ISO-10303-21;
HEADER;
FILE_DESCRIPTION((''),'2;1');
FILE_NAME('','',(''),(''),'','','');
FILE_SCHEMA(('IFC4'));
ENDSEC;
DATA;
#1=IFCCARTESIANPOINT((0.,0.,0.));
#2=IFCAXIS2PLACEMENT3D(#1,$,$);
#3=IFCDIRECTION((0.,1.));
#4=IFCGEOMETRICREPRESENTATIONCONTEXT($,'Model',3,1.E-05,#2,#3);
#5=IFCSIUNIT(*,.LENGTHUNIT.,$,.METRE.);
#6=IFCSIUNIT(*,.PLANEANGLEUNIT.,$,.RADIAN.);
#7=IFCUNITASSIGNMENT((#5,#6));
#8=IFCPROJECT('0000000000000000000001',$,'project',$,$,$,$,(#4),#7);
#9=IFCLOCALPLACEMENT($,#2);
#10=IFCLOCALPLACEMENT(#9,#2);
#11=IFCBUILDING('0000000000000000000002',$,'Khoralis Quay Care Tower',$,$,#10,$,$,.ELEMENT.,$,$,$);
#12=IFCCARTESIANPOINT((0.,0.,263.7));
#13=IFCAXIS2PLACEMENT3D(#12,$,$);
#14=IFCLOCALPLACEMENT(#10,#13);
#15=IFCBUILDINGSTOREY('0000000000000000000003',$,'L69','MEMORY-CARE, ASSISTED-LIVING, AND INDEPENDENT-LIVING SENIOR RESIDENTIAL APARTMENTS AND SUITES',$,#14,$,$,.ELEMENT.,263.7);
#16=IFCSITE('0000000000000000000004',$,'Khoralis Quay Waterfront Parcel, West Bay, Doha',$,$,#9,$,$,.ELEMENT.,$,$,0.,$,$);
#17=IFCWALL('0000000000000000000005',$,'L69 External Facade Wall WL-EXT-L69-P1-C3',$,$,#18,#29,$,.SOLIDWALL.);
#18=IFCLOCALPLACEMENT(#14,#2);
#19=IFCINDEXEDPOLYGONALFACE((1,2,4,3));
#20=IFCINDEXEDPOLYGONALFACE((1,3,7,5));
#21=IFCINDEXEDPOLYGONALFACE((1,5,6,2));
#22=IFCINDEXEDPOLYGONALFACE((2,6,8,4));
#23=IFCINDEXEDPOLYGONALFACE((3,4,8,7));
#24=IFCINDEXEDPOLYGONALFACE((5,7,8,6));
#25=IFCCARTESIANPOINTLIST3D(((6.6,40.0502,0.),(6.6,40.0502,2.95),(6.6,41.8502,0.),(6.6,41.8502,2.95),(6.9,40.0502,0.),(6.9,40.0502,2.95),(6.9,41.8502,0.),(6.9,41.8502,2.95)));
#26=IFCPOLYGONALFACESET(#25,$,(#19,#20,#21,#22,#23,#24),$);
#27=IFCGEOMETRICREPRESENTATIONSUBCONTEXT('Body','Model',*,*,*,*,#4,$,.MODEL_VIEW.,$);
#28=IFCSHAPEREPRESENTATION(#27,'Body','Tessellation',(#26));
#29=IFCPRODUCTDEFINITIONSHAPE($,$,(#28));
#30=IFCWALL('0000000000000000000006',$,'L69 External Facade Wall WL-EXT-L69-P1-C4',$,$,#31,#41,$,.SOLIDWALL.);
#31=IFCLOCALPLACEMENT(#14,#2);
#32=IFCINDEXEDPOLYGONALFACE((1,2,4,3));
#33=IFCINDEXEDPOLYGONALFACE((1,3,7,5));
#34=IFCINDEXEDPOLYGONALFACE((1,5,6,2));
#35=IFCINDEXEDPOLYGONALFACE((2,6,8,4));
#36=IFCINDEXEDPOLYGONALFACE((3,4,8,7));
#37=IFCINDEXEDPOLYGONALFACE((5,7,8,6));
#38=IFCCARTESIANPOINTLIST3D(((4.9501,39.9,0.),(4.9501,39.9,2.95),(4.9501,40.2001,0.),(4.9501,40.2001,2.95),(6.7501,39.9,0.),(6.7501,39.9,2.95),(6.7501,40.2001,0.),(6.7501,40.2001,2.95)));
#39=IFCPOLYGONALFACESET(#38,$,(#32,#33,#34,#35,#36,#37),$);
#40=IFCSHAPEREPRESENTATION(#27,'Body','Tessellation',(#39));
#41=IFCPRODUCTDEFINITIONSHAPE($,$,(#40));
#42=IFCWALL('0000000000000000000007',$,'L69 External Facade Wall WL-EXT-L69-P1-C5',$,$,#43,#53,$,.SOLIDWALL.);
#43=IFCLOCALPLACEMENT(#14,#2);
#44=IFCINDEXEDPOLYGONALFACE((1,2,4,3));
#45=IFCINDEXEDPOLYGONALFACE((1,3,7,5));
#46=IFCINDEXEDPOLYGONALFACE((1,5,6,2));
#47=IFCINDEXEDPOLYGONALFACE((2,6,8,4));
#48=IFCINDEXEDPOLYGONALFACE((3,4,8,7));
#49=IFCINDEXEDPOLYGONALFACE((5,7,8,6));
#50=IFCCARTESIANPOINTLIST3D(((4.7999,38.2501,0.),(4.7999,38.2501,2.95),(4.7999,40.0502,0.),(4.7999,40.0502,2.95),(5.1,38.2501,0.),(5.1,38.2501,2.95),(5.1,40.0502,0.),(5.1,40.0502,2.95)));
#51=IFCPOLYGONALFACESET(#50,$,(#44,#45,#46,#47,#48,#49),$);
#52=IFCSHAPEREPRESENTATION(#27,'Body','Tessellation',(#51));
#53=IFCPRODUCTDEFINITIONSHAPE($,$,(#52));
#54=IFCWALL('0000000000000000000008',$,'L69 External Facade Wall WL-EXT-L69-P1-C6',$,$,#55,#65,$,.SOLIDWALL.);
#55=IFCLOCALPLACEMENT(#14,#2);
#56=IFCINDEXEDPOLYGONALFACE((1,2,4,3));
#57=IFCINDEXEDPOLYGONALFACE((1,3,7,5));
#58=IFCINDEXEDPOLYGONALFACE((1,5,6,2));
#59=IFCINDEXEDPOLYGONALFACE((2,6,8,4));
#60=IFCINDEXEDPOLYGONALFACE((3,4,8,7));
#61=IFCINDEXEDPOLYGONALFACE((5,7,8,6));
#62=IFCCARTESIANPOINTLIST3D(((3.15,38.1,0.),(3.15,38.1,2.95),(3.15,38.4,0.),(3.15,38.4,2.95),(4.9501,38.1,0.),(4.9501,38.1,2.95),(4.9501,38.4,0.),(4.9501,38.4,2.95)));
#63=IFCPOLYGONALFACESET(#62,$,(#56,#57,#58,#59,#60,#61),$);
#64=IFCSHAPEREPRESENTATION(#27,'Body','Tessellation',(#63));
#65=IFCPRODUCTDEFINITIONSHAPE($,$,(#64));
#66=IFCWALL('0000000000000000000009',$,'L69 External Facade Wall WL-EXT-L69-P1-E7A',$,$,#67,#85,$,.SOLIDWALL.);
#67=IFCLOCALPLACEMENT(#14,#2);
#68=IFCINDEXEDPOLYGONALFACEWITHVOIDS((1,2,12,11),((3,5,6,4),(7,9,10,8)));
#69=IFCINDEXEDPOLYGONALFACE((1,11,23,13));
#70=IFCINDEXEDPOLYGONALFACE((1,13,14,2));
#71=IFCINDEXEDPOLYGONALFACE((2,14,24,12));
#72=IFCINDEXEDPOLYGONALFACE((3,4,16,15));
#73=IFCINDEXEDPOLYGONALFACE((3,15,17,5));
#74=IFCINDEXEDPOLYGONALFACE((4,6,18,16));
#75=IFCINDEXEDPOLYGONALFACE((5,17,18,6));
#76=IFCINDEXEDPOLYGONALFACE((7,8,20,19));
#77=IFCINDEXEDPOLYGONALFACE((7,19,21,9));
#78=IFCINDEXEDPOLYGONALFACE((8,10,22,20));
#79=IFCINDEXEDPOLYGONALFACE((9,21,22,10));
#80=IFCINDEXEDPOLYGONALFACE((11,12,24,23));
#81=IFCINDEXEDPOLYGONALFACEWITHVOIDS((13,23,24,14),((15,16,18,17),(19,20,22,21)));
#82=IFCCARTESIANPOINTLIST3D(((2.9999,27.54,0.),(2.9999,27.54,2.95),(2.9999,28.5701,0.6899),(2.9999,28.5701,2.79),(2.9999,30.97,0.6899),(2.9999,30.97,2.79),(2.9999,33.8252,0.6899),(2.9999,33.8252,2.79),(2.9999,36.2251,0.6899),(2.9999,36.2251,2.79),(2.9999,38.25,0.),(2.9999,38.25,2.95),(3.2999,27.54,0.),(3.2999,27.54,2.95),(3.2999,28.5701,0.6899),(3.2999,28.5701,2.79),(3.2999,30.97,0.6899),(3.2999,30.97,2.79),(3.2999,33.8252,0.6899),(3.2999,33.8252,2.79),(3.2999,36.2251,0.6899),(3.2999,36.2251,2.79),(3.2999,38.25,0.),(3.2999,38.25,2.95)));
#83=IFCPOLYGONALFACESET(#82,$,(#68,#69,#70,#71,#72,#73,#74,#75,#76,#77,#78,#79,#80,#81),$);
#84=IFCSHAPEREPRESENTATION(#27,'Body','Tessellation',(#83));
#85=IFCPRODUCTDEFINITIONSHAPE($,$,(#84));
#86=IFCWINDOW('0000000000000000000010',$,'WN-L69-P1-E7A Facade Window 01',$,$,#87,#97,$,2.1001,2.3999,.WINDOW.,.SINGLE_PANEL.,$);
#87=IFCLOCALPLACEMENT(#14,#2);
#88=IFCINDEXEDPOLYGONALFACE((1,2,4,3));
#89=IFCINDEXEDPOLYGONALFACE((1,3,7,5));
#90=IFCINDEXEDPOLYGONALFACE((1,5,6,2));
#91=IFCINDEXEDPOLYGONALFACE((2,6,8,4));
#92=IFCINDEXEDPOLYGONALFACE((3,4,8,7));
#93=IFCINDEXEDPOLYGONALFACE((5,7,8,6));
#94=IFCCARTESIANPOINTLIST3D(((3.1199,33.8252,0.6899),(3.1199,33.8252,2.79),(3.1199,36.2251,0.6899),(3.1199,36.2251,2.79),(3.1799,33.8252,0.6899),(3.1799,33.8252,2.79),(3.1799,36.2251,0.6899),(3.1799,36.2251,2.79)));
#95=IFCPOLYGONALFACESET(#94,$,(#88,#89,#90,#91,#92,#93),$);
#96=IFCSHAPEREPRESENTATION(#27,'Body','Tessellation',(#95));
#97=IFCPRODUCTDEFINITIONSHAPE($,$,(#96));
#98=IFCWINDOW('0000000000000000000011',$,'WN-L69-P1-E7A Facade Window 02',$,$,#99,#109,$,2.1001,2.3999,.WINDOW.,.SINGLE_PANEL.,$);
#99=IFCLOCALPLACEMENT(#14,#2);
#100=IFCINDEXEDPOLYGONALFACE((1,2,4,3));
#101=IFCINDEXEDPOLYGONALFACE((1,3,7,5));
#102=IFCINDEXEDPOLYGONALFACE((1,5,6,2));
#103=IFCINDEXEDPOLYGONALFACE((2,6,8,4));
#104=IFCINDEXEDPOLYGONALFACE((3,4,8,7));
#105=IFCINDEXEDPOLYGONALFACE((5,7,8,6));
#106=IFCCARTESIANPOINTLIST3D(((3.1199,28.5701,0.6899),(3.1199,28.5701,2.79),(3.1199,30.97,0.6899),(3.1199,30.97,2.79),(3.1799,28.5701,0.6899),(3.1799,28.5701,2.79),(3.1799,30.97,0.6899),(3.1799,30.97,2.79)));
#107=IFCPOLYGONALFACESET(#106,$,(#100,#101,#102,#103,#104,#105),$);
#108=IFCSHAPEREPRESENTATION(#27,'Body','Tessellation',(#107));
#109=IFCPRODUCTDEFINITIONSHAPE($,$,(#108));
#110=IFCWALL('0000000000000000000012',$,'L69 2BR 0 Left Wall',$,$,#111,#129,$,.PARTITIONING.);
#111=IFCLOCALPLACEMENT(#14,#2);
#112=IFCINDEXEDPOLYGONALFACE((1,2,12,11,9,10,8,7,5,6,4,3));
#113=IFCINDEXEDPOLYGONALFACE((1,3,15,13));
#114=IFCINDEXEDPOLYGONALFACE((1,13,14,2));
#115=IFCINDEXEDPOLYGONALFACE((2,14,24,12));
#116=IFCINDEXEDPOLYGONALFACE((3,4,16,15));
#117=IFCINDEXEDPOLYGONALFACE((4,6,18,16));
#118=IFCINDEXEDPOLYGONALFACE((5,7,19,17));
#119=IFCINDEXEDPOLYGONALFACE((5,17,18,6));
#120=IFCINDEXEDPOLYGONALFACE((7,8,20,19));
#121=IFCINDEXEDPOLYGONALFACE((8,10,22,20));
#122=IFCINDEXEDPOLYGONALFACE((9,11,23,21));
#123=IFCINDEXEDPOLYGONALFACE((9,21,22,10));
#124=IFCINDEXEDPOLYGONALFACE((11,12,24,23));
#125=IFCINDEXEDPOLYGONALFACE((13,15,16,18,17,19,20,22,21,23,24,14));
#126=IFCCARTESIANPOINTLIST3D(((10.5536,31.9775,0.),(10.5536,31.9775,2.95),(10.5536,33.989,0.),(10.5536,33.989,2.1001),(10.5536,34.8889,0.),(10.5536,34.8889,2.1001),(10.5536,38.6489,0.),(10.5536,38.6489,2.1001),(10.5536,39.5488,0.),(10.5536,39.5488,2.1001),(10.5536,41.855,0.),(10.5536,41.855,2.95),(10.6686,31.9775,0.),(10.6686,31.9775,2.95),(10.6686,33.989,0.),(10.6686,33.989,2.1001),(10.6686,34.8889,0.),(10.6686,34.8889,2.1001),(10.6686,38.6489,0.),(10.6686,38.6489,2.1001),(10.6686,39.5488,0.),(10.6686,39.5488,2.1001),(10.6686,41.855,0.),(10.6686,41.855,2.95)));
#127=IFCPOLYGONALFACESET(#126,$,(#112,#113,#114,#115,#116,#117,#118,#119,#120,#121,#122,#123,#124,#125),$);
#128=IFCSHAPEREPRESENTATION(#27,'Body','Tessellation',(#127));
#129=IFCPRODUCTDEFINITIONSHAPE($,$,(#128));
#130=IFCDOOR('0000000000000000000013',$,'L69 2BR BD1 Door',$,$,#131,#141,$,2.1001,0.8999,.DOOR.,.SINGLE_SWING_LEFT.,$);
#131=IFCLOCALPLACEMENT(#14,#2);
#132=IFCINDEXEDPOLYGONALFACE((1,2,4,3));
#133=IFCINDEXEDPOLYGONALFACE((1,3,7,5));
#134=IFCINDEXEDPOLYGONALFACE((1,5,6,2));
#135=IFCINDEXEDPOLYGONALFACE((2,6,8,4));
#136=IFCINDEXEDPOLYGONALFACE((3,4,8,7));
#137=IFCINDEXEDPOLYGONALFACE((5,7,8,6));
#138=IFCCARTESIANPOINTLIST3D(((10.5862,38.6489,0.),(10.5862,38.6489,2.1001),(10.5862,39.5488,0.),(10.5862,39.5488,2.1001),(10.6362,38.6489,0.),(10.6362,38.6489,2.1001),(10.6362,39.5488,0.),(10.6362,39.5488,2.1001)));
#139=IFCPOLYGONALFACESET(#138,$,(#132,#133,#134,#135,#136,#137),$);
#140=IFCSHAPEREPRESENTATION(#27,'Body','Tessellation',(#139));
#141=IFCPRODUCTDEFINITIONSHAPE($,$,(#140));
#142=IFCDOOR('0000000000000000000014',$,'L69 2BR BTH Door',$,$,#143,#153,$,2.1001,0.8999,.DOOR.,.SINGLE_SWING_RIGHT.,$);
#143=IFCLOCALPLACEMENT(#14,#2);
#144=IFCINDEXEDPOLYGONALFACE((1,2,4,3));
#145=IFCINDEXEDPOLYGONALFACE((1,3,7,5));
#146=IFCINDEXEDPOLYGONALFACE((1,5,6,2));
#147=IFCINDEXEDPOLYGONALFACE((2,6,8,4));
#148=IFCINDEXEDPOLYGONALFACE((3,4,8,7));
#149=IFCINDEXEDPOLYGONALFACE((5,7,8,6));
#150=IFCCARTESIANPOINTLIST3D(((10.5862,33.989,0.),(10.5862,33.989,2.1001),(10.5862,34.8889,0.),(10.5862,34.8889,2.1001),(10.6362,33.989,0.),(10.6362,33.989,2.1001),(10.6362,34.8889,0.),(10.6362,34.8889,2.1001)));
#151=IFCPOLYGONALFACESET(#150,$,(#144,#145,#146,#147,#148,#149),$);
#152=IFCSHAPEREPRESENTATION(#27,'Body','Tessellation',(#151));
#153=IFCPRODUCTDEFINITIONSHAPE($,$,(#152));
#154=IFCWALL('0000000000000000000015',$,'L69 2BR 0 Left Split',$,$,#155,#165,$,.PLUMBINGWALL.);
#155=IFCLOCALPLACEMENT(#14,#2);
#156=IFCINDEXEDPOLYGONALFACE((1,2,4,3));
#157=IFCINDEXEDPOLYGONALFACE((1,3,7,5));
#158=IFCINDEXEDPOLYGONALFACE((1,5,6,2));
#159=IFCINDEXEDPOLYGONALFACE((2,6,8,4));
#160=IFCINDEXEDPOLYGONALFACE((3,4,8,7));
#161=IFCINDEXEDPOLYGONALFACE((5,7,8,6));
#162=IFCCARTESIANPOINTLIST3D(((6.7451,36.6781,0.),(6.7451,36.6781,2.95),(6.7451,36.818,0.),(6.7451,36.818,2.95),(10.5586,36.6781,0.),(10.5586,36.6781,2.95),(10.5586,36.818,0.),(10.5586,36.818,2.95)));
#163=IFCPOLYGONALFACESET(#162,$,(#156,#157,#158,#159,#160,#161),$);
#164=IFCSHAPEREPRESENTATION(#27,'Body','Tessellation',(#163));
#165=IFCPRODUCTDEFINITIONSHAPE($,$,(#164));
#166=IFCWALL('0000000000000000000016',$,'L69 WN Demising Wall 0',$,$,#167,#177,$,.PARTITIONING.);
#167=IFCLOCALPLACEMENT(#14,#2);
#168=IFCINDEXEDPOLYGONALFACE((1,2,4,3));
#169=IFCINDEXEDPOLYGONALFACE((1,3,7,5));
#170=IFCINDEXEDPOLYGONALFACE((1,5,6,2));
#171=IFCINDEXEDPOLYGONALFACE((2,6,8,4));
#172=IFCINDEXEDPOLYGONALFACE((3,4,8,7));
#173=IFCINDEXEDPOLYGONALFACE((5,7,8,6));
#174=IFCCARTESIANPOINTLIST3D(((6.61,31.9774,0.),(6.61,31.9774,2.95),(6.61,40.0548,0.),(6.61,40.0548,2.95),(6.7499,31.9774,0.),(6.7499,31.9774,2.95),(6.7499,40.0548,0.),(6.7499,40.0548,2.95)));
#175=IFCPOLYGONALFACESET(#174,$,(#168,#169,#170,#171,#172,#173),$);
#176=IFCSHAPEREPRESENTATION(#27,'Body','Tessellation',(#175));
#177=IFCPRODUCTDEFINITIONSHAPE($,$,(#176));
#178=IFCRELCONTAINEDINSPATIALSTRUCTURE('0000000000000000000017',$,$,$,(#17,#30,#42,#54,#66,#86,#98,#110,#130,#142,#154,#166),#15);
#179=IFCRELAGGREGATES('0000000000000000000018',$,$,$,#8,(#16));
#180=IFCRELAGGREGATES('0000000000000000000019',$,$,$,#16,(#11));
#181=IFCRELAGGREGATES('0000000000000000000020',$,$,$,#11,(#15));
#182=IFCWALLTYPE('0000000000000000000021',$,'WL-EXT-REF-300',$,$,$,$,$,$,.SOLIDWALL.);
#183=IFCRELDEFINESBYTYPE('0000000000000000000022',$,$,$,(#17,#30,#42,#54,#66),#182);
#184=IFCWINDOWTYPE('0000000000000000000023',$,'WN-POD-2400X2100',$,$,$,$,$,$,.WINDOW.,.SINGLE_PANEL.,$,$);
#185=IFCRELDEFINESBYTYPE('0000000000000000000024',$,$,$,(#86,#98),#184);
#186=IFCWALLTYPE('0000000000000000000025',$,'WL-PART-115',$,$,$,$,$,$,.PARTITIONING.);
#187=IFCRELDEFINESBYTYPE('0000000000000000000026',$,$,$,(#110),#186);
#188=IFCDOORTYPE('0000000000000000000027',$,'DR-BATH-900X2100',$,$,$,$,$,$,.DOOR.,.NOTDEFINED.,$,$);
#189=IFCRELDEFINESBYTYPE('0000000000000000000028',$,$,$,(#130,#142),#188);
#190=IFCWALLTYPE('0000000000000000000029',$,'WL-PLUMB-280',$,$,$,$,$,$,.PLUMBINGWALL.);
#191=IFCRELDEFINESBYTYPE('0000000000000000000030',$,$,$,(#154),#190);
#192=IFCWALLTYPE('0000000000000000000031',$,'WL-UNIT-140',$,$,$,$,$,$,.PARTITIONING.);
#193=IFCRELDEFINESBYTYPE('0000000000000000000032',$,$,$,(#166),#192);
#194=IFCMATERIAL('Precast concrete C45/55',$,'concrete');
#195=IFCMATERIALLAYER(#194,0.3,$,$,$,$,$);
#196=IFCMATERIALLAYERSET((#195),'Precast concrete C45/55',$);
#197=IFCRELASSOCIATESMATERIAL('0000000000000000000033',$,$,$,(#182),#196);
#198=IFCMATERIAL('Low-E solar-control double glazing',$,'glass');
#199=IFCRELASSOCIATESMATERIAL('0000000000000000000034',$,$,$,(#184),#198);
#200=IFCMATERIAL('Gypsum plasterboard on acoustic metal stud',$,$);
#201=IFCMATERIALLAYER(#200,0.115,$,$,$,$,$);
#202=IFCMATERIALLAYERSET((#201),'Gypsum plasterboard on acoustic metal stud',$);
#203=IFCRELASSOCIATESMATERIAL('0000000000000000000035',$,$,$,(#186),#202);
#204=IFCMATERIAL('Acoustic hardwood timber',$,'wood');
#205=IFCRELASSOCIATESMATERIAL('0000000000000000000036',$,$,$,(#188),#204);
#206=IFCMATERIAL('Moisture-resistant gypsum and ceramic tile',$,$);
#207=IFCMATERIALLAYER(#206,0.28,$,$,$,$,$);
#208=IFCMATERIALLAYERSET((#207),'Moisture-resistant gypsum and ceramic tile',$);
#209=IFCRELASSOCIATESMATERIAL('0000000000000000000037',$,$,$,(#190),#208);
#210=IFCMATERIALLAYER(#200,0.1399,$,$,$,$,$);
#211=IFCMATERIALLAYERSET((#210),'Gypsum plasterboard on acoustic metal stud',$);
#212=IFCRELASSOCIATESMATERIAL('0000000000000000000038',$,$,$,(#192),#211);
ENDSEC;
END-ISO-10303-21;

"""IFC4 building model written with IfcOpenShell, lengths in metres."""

from ifc_helpers import new_model, si_unit, direction, frame, frame_2d, origin, place, context, subcontext, project, spatial, rectangle, extrude, source, transform, mapped, material, layer, layer_set, type_object, element, fill, save


model = new_model("IFC4")

# Units and contexts
model_context = context("Model", 3, precision=1e-05, world=origin(), true_north=direction((0.0, 1.0)))
body_context = subcontext(model_context, "Body", "Model", "MODEL_VIEW")
ifc_project = project(units=[si_unit("LENGTHUNIT", "METRE"), si_unit("PLANEANGLEUNIT", "RADIAN")], contexts=[model_context])

# Site, building, storey
site_placement = place(None, origin())
site = spatial("IfcSite", under=ifc_project, at=site_placement, Name="Khoralis Quay Waterfront Parcel, West Bay, Doha", CompositionType="ELEMENT", RefElevation=0.0)
building_placement = place(site_placement, origin())
building = spatial("IfcBuilding", under=site, at=building_placement, Name="Khoralis Quay Care Tower", CompositionType="ELEMENT")
storey_placement = place(building_placement, frame((0.0, 0.0, 263.7)))
storey = spatial("IfcBuildingStorey", under=building, at=storey_placement, Name="L69", Description="MEMORY-CARE, ASSISTED-LIVING, AND INDEPENDENT-LIVING SENIOR RESIDENTIAL APARTMENTS AND SUITES", CompositionType="ELEMENT", Elevation=263.7)

# Shared definitions
ifc_material_1 = material(Name="Gypsum plasterboard on acoustic metal stud")

# Shared definitions
ifc_material_2 = material(Name="Acoustic hardwood timber", Category="wood")

# Walls
ifc_material_3 = material(Name="Precast concrete C45/55", Category="concrete")
ifc_layer_1 = layer(ifc_material_3, 0.3)
ifc_layer_set_1 = layer_set([ifc_layer_1], Name="Precast concrete C45/55")
wall_type_1 = type_object("IfcWallType", Name="WL-EXT-REF-300", PredefinedType="SOLIDWALL", material=ifc_layer_set_1)
for number, where, z_axis, x_axis, name in (
    (1, (6.75, 41.8501, 0.0), (0.0, 0.0, 1.0), (0.0, -1.0, 0.0), "L69 External Facade Wall WL-EXT-L69-P1-C3"),
    (2, (6.75, 40.05, 0.0), (0.0, 0.0, 1.0), (-1.0, 0.0, 0.0), "L69 External Facade Wall WL-EXT-L69-P1-C4"),
    (3, (4.95, 40.05, 0.0), (0.0, 0.0, 1.0), (0.0, -1.0, 0.0), "L69 External Facade Wall WL-EXT-L69-P1-C5"),
    (4, (4.95, 38.25, 0.0), (0.0, 0.0, 1.0), (-1.0, 0.0, 0.0), "L69 External Facade Wall WL-EXT-L69-P1-C6"),
):
    element("IfcWall", number, at=place(storey_placement, frame(where, z_axis=z_axis, x_axis=x_axis)), inside=storey, type_object=wall_type_1, Name=name, PredefinedType="SOLIDWALL", context=body_context, shape_type="SweptSolid", body=[
        extrude(rectangle(XDim=1.8, YDim=0.3, at=frame_2d((0.8999, 0.0))), origin(), (0.0, 0.0, 1.0), 2.95),
    ])

# Wall, openings, windows
wall_1_placement = place(storey_placement, frame((3.1499, 38.25, 0.0), z_axis=(0.0, 0.0, 1.0), x_axis=(0.0, -1.0, 0.0)))
wall_1 = element("IfcWall", 5, at=wall_1_placement, inside=storey, type_object=wall_type_1, Name="L69 External Facade Wall WL-EXT-L69-P1-E7A", PredefinedType="SOLIDWALL", context=body_context, shape_type="SweptSolid", body=[
    extrude(rectangle(XDim=10.71, YDim=0.3, at=frame_2d((5.355, 0.0))), origin(), (0.0, 0.0, 1.0), 2.95),
])
opening_1_placement = place(wall_1_placement, frame((2.0249, 0.0, 0.6899)))
opening_1 = element("IfcOpeningElement", 6, at=opening_1_placement, cuts=wall_1, PredefinedType="OPENING", context=body_context, shape_type="SweptSolid", body=[
    extrude(rectangle(XDim=2.3999, YDim=2.1001, at=frame_2d((1.2, 1.05))), frame((0.0, 0.1602, 0.0), z_axis=(0.0, -1.0, 0.0), x_axis=(1.0, 0.0, 0.0)), (0.0, 0.0, 1.0), 0.3201),
])
opening_2_placement = place(wall_1_placement, frame((7.28, 0.0, 0.6899)))
opening_2 = element("IfcOpeningElement", 7, at=opening_2_placement, cuts=wall_1, PredefinedType="OPENING", context=body_context, shape_type="SweptSolid", body=[
    extrude(rectangle(XDim=2.3999, YDim=2.1001, at=frame_2d((1.2, 1.05))), frame((0.0, 0.1602, 0.0), z_axis=(0.0, -1.0, 0.0), x_axis=(1.0, 0.0, 0.0)), (0.0, 0.0, 1.0), 0.3201),
])
ifc_material_4 = material(Name="Low-E solar-control double glazing", Category="glass")
window_type = type_object("IfcWindowType", Name="WN-POD-2400X2100", PartitioningType="SINGLE_PANEL", PredefinedType="WINDOW", material=ifc_material_4)
shared_shape_1 = source(origin(), body_context, "Body", "SweptSolid", [
    extrude(rectangle(XDim=2.3999, YDim=2.1001, at=frame_2d((1.2, 1.05))), frame((0.0, 0.03, 0.0), z_axis=(0.0, -1.0, 0.0), x_axis=(1.0, 0.0, 0.0)), (0.0, 0.0, 1.0), 0.0601),
])
window_1_placement = place(opening_1_placement, origin())
window_1 = element("IfcWindow", 8, at=window_1_placement, inside=storey, type_object=window_type, Name="WN-L69-P1-E7A Facade Window 01", OverallHeight=2.1001, OverallWidth=2.3999, PartitioningType="SINGLE_PANEL", PredefinedType="WINDOW", context=body_context, shape_type="MappedRepresentation", body=[
    mapped(shared_shape_1, transform((0.0, 0.0, 0.0), scale=1.0)),
])
fill(opening_1, window_1)
window_2_placement = place(opening_2_placement, origin())
window_2 = element("IfcWindow", 9, at=window_2_placement, inside=storey, type_object=window_type, Name="WN-L69-P1-E7A Facade Window 02", OverallHeight=2.1001, OverallWidth=2.3999, PartitioningType="SINGLE_PANEL", PredefinedType="WINDOW", context=body_context, shape_type="MappedRepresentation", body=[
    mapped(shared_shape_1, transform((0.0, 0.0, 0.0), scale=1.0)),
])
fill(opening_2, window_2)

# Wall, openings, doors
ifc_layer_2 = layer(ifc_material_1, 0.115)
ifc_layer_set_2 = layer_set([ifc_layer_2], Name="Gypsum plasterboard on acoustic metal stud")
wall_type_2 = type_object("IfcWallType", Name="WL-PART-115", PredefinedType="PARTITIONING", material=ifc_layer_set_2)
wall_2_placement = place(storey_placement, frame((10.6111, 31.9775, 0.0), z_axis=(0.0, 0.0, 1.0), x_axis=(0.0, 1.0, 0.0)))
wall_2 = element("IfcWall", 10, at=wall_2_placement, inside=storey, type_object=wall_type_2, Name="L69 2BR 0 Left Wall", PredefinedType="PARTITIONING", context=body_context, shape_type="SweptSolid", body=[
    extrude(rectangle(XDim=9.8774, YDim=0.115, at=frame_2d((4.9387, 0.0))), origin(), (0.0, 0.0, 1.0), 2.95),
])
opening_3_placement = place(wall_2_placement, frame((6.6714, 0.0, 0.0)))
opening_3 = element("IfcOpeningElement", 11, at=opening_3_placement, cuts=wall_2, PredefinedType="OPENING", context=body_context, shape_type="SweptSolid", body=[
    extrude(rectangle(XDim=0.8999, YDim=2.1001, at=frame_2d((0.45, 1.05))), frame((0.0, 0.0674, 0.0), z_axis=(0.0, -1.0, 0.0), x_axis=(1.0, 0.0, 0.0)), (0.0, 0.0, 1.0), 0.135),
])
opening_4_placement = place(wall_2_placement, frame((2.0115, 0.0, 0.0)))
opening_4 = element("IfcOpeningElement", 12, at=opening_4_placement, cuts=wall_2, PredefinedType="OPENING", context=body_context, shape_type="SweptSolid", body=[
    extrude(rectangle(XDim=0.8999, YDim=2.1001, at=frame_2d((0.45, 1.05))), frame((0.0, 0.0674, 0.0), z_axis=(0.0, -1.0, 0.0), x_axis=(1.0, 0.0, 0.0)), (0.0, 0.0, 1.0), 0.135),
])
door_type_1 = type_object("IfcDoorType", Name="DR-BATH-900X2100", OperationType="NOTDEFINED", PredefinedType="DOOR", material=ifc_material_2)
shared_shape_2 = source(origin(), body_context, "Body", "SweptSolid", [
    extrude(rectangle(XDim=0.8999, YDim=2.1001, at=frame_2d((0.45, 1.05))), frame((0.0, 0.0249, 0.0), z_axis=(0.0, -1.0, 0.0), x_axis=(1.0, 0.0, 0.0)), (0.0, 0.0, 1.0), 0.05),
])
door_1_placement = place(opening_3_placement, origin())
door_1 = element("IfcDoor", 13, at=door_1_placement, inside=storey, type_object=door_type_1, Name="L69 2BR BD1 Door", OperationType="SINGLE_SWING_LEFT", OverallHeight=2.1001, OverallWidth=0.8999, PredefinedType="DOOR", context=body_context, shape_type="MappedRepresentation", body=[
    mapped(shared_shape_2, transform((0.0, 0.0, 0.0), scale=1.0)),
])
fill(opening_3, door_1)
door_2_placement = place(opening_4_placement, origin())
door_2 = element("IfcDoor", 14, at=door_2_placement, inside=storey, type_object=door_type_1, Name="L69 2BR BTH Door", OperationType="SINGLE_SWING_RIGHT", OverallHeight=2.1001, OverallWidth=0.8999, PredefinedType="DOOR", context=body_context, shape_type="MappedRepresentation", body=[
    mapped(shared_shape_2, transform((0.0, 0.0, 0.0), scale=1.0)),
])
fill(opening_4, door_2)

# Walls
ifc_material_5 = material(Name="Moisture-resistant gypsum and ceramic tile")
ifc_layer_3 = layer(ifc_material_5, 0.28)
ifc_layer_set_3 = layer_set([ifc_layer_3], Name="Moisture-resistant gypsum and ceramic tile")
wall_type_3 = type_object("IfcWallType", Name="WL-PLUMB-280", PredefinedType="PLUMBINGWALL", material=ifc_layer_set_3)
wall_3_placement = place(storey_placement, frame((6.7451, 36.748, 0.0), z_axis=(0.0, 0.0, 1.0), x_axis=(1.0, 0.0, 0.0)))
element("IfcWall", 15, at=wall_3_placement, inside=storey, type_object=wall_type_3, Name="L69 2BR 0 Left Split", PredefinedType="PLUMBINGWALL", context=body_context, shape_type="SweptSolid", body=[
    extrude(rectangle(XDim=3.8135, YDim=0.1399, at=frame_2d((1.9067, 0.0))), origin(), (0.0, 0.0, 1.0), 2.95),
])
ifc_layer_4 = layer(ifc_material_1, 0.1399)
ifc_layer_set_4 = layer_set([ifc_layer_4], Name="Gypsum plasterboard on acoustic metal stud")
wall_type_4 = type_object("IfcWallType", Name="WL-UNIT-140", PredefinedType="PARTITIONING", material=ifc_layer_set_4)
wall_4_placement = place(storey_placement, frame((6.6799, 31.9775, 0.0), z_axis=(0.0, 0.0, 1.0), x_axis=(0.0, 1.0, 0.0)))
element("IfcWall", 16, at=wall_4_placement, inside=storey, type_object=wall_type_4, Name="L69 WN Demising Wall 0", PredefinedType="PARTITIONING", context=body_context, shape_type="SweptSolid", body=[
    extrude(rectangle(XDim=8.0774, YDim=0.1399, at=frame_2d((4.0386, 0.0))), origin(), (0.0, 0.0, 1.0), 2.95),
])

save(model, "model.ifc")
